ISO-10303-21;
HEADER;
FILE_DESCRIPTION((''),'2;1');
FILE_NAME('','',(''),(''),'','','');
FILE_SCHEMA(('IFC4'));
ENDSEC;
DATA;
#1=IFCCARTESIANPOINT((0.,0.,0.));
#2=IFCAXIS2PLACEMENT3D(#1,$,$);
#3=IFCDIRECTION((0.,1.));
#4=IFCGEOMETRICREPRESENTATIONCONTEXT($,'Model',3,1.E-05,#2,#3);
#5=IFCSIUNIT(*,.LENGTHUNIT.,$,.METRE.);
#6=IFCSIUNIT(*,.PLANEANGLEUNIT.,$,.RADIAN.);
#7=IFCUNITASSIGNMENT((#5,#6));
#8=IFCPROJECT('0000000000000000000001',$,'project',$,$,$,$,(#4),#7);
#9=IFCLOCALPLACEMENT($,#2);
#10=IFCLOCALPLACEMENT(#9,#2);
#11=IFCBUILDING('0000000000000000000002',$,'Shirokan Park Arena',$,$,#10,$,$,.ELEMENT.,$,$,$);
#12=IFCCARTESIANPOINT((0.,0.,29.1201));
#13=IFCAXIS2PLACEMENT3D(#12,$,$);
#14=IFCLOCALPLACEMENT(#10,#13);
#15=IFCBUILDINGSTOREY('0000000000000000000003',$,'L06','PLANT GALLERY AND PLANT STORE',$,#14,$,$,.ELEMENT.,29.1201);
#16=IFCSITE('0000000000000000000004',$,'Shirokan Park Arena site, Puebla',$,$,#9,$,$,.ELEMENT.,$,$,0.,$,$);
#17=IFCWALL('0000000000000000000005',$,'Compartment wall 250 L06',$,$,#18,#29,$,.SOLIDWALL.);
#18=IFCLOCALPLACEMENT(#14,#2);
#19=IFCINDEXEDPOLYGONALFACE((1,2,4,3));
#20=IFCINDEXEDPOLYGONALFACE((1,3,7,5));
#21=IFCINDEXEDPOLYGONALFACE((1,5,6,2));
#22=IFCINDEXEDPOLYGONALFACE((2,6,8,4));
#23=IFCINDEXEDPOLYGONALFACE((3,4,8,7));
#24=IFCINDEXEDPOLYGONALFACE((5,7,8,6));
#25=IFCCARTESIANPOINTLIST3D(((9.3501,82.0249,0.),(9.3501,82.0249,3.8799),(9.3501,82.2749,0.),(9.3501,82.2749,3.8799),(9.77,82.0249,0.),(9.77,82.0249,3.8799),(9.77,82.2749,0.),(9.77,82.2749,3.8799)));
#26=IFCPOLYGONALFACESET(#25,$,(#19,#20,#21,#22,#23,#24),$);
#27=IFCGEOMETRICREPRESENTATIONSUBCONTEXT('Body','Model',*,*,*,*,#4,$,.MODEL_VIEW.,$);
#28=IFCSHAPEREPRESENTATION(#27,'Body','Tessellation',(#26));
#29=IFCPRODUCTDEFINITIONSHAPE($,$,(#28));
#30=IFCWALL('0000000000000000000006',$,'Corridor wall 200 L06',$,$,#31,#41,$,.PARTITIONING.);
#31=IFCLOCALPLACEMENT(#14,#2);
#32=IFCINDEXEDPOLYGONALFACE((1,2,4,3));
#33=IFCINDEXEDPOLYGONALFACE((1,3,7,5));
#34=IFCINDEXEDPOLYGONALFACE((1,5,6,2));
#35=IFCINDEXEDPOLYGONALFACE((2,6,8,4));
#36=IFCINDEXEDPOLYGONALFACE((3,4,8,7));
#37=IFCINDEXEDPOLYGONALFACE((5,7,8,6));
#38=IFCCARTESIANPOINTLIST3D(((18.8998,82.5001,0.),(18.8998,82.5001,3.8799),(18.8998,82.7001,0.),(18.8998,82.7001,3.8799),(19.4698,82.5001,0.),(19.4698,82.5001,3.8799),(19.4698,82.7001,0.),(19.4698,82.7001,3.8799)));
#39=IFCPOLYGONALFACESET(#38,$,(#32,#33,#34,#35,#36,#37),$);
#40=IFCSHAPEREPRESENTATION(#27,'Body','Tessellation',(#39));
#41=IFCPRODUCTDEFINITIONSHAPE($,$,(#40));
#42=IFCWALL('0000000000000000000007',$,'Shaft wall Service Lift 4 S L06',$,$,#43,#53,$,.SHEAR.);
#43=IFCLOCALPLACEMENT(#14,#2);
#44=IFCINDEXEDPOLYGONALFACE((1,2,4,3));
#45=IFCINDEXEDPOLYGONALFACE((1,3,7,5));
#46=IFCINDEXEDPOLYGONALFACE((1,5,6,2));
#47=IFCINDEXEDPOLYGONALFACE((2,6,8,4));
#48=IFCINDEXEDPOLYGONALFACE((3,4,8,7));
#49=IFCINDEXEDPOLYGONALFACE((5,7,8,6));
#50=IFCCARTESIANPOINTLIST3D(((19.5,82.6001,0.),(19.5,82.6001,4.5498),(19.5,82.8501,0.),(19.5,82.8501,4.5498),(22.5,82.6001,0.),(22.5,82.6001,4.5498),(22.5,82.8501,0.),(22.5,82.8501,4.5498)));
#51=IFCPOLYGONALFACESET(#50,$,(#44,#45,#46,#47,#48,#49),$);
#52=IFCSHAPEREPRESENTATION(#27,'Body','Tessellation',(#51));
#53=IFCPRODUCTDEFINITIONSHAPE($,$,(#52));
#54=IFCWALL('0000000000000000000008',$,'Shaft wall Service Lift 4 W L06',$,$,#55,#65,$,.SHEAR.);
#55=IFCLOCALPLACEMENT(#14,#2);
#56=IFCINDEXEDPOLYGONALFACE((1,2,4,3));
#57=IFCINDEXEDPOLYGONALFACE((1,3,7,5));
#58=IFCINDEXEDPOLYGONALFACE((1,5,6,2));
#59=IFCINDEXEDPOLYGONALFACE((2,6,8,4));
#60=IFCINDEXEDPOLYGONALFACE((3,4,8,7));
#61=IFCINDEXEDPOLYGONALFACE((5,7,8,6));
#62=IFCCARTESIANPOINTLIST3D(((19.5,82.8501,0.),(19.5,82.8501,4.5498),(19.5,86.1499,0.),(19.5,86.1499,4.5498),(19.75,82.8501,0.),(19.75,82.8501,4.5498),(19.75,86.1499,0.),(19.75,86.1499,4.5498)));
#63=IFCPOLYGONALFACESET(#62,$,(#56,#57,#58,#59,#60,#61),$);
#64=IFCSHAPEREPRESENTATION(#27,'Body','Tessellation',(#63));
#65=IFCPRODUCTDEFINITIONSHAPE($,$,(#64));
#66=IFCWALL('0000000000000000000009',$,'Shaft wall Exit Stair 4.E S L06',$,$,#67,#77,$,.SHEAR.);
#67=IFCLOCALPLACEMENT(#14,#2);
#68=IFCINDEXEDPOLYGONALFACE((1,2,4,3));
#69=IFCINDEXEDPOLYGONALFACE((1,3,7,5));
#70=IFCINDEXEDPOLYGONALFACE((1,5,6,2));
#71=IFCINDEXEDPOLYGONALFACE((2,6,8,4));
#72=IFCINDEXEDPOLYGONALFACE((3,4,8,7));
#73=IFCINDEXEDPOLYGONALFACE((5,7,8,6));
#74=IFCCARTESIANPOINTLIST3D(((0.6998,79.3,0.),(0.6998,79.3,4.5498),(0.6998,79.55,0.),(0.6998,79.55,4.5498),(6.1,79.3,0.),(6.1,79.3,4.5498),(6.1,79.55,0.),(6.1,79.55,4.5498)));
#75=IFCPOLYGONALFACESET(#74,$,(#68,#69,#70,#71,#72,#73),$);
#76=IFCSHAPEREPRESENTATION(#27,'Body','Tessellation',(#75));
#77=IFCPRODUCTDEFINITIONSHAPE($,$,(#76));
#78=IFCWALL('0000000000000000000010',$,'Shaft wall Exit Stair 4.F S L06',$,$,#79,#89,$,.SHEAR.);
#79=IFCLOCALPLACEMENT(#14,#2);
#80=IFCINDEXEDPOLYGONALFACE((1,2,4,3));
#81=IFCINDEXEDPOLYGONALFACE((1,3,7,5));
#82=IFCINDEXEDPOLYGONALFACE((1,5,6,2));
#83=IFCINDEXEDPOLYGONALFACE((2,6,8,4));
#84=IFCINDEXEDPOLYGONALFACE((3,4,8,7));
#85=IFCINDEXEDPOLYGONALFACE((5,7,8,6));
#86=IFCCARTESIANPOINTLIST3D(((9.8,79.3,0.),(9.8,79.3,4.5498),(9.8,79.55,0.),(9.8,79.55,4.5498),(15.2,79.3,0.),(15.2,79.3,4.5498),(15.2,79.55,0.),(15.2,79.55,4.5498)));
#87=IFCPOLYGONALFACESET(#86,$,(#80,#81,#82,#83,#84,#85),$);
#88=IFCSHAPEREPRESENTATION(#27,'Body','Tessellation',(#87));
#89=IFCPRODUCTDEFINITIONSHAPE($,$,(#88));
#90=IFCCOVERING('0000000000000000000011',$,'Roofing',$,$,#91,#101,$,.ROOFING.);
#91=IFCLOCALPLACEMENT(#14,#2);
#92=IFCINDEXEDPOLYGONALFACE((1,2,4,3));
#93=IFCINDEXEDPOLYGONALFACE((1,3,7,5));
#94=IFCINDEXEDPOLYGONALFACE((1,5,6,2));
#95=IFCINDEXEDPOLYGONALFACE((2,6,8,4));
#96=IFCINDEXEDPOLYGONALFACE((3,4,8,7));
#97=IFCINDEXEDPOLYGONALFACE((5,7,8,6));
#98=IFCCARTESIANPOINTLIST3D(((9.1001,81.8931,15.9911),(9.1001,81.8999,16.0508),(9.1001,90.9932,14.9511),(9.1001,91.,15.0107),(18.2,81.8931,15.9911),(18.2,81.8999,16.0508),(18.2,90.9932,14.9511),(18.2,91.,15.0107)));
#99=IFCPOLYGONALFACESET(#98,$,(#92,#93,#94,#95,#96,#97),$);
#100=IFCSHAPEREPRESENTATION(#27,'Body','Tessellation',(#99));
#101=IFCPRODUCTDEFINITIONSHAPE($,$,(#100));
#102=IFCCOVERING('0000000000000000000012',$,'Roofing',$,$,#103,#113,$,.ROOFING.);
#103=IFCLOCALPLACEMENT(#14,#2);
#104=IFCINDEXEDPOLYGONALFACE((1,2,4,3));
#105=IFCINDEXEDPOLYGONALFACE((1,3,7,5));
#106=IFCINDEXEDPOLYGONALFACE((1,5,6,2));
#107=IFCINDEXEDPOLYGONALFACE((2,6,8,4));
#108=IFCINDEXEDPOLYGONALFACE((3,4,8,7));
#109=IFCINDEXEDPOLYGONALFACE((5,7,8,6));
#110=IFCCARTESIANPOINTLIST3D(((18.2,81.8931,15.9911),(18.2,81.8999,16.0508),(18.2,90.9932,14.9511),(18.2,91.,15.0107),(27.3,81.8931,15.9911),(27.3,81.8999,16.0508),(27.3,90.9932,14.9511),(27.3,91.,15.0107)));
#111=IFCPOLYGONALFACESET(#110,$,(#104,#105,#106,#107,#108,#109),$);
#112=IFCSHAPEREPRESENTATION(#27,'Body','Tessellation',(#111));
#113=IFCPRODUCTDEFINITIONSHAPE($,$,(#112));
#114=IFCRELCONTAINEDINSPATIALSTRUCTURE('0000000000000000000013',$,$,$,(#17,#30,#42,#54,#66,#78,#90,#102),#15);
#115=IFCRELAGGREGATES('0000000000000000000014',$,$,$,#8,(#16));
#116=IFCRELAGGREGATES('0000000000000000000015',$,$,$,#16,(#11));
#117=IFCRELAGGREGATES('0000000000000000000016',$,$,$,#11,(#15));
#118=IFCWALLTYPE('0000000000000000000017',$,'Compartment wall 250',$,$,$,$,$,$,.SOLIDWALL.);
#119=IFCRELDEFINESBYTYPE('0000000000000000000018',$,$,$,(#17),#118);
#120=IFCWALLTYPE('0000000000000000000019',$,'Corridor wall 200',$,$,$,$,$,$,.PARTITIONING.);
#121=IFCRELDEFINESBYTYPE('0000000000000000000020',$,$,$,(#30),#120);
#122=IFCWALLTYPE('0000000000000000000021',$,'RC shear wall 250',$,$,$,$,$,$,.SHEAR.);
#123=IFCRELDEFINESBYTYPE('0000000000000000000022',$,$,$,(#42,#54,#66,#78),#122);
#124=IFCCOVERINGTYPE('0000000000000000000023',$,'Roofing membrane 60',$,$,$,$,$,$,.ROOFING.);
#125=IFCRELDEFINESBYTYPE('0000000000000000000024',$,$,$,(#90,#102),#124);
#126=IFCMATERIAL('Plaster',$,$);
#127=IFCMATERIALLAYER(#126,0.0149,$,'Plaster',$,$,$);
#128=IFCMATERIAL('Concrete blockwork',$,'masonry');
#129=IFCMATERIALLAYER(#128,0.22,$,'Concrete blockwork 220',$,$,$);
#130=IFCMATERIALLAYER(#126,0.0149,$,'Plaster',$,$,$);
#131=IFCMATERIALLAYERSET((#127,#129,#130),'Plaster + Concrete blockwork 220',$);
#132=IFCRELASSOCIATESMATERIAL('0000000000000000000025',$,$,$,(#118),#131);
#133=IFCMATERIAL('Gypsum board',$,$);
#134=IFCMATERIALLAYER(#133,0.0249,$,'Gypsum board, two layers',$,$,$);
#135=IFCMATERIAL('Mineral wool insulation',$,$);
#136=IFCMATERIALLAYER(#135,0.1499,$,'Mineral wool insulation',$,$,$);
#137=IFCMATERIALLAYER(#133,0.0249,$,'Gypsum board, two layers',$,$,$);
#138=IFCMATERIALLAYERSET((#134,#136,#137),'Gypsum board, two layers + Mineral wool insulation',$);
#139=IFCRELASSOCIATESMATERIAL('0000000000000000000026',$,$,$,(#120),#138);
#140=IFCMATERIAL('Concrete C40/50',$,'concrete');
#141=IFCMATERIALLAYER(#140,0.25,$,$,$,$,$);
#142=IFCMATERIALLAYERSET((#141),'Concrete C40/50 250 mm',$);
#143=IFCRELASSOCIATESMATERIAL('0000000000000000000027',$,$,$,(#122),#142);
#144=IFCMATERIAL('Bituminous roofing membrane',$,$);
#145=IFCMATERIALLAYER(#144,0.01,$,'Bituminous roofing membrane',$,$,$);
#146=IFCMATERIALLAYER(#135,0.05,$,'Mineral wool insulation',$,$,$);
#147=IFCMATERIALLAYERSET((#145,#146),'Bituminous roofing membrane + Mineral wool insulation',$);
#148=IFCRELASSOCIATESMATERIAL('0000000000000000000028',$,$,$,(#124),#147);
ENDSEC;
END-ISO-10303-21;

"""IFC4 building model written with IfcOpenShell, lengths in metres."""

from ifc_helpers import new_model, si_unit, direction, frame, frame_2d, origin, place, context, subcontext, project, spatial, polyline, rectangle, outline, extrude, material, layer, layer_set, type_object, element, save


model = new_model("IFC4")

# Units and contexts
model_context = context("Model", 3, precision=1e-05, world=origin(), true_north=direction((0.0, 1.0)))
body_context = subcontext(model_context, "Body", "Model", "MODEL_VIEW")
ifc_project = project(units=[si_unit("LENGTHUNIT", "METRE"), si_unit("PLANEANGLEUNIT", "RADIAN")], contexts=[model_context])

# Site, building, storey
site_placement = place(None, origin())
site = spatial("IfcSite", under=ifc_project, at=site_placement, Name="Shirokan Park Arena site, Puebla", CompositionType="ELEMENT", RefElevation=0.0)
building_placement = place(site_placement, origin())
building = spatial("IfcBuilding", under=site, at=building_placement, Name="Shirokan Park Arena", CompositionType="ELEMENT")
storey_placement = place(building_placement, frame((0.0, 0.0, 29.1201)))
storey = spatial("IfcBuildingStorey", under=building, at=storey_placement, Name="L06", Description="PLANT GALLERY AND PLANT STORE", CompositionType="ELEMENT", Elevation=29.1201)

# Walls
ifc_material_1 = material(Name="Plaster")
ifc_layer_1 = layer(ifc_material_1, 0.0149, Name="Plaster")
ifc_material_2 = material(Name="Concrete blockwork", Category="masonry")
ifc_layer_2 = layer(ifc_material_2, 0.22, Name="Concrete blockwork 220")
ifc_layer_3 = layer(ifc_material_1, 0.0149, Name="Plaster")
ifc_layer_set_1 = layer_set([ifc_layer_1, ifc_layer_2, ifc_layer_3], Name="Plaster + Concrete blockwork 220")
wall_type_1 = type_object("IfcWallType", Name="Compartment wall 250", PredefinedType="SOLIDWALL", material=ifc_layer_set_1)
wall_1_placement = place(storey_placement, frame((9.77, 82.1499, 0.0), z_axis=(0.0, 0.0, 1.0), x_axis=(-1.0, 0.0, 0.0)))
element("IfcWall", 1, at=wall_1_placement, inside=storey, type_object=wall_type_1, Name="Compartment wall 250 L06", PredefinedType="SOLIDWALL", context=body_context, shape_type="SweptSolid", body=[
    extrude(rectangle(XDim=0.4199, YDim=0.25, at=frame_2d((0.21, 0.0))), origin(), (0.0, 0.0, 1.0), 3.8799),
])
ifc_material_3 = material(Name="Gypsum board")
ifc_layer_4 = layer(ifc_material_3, 0.0249, Name="Gypsum board, two layers")
ifc_material_4 = material(Name="Mineral wool insulation")
ifc_layer_5 = layer(ifc_material_4, 0.1499, Name="Mineral wool insulation")
ifc_layer_6 = layer(ifc_material_3, 0.0249, Name="Gypsum board, two layers")
ifc_layer_set_2 = layer_set([ifc_layer_4, ifc_layer_5, ifc_layer_6], Name="Gypsum board, two layers + Mineral wool insulation")
wall_type_2 = type_object("IfcWallType", Name="Corridor wall 200", PredefinedType="PARTITIONING", material=ifc_layer_set_2)
wall_2_placement = place(storey_placement, frame((19.47, 82.6001, 0.0), z_axis=(0.0, 0.0, 1.0), x_axis=(-1.0, 0.0, 0.0)))
element("IfcWall", 2, at=wall_2_placement, inside=storey, type_object=wall_type_2, Name="Corridor wall 200 L06", PredefinedType="PARTITIONING", context=body_context, shape_type="SweptSolid", body=[
    extrude(rectangle(XDim=0.5701, YDim=0.2, at=frame_2d((0.2852, 0.0))), origin(), (0.0, 0.0, 1.0), 3.8799),
])
ifc_material_5 = material(Name="Concrete C40/50", Category="concrete")
ifc_layer_7 = layer(ifc_material_5, 0.25)
ifc_layer_set_3 = layer_set([ifc_layer_7], Name="Concrete C40/50 250 mm")
wall_type_3 = type_object("IfcWallType", Name="RC shear wall 250", PredefinedType="SHEAR", material=ifc_layer_set_3)
wall_3_placement = place(storey_placement, frame((22.5, 82.7251, 0.0), z_axis=(0.0, 0.0, 1.0), x_axis=(-1.0, 0.0, 0.0)))
element("IfcWall", 3, at=wall_3_placement, inside=storey, type_object=wall_type_3, Name="Shaft wall Service Lift 4 S L06", PredefinedType="SHEAR", context=body_context, shape_type="SweptSolid", body=[
    extrude(rectangle(XDim=3.0, YDim=0.25, at=frame_2d((1.5, 0.0))), origin(), (0.0, 0.0, 1.0), 4.5498),
])
wall_4_placement = place(storey_placement, frame((19.625, 86.1499, 0.0), z_axis=(0.0, 0.0, 1.0), x_axis=(0.0, -1.0, 0.0)))
element("IfcWall", 4, at=wall_4_placement, inside=storey, type_object=wall_type_3, Name="Shaft wall Service Lift 4 W L06", PredefinedType="SHEAR", context=body_context, shape_type="SweptSolid", body=[
    extrude(rectangle(XDim=3.2998, YDim=0.25, at=frame_2d((1.6499, 0.0))), origin(), (0.0, 0.0, 1.0), 4.5498),
])
wall_5_placement = place(storey_placement, frame((6.1001, 79.425, 0.0), z_axis=(0.0, 0.0, 1.0), x_axis=(-1.0, 0.0, 0.0)))
element("IfcWall", 5, at=wall_5_placement, inside=storey, type_object=wall_type_3, Name="Shaft wall Exit Stair 4.E S L06", PredefinedType="SHEAR", context=body_context, shape_type="SweptSolid", body=[
    extrude(rectangle(XDim=5.4001, YDim=0.25, at=frame_2d((2.7002, 0.0))), origin(), (0.0, 0.0, 1.0), 4.5498),
])
wall_6_placement = place(storey_placement, frame((15.2, 79.425, 0.0), z_axis=(0.0, 0.0, 1.0), x_axis=(-1.0, 0.0, 0.0)))
element("IfcWall", 6, at=wall_6_placement, inside=storey, type_object=wall_type_3, Name="Shaft wall Exit Stair 4.F S L06", PredefinedType="SHEAR", context=body_context, shape_type="SweptSolid", body=[
    extrude(rectangle(XDim=5.3999, YDim=0.25, at=frame_2d((2.7, 0.0))), origin(), (0.0, 0.0, 1.0), 4.5498),
])

# Coverings
ifc_material_6 = material(Name="Bituminous roofing membrane")
ifc_layer_8 = layer(ifc_material_6, 0.01, Name="Bituminous roofing membrane")
ifc_layer_9 = layer(ifc_material_4, 0.05, Name="Mineral wool insulation")
ifc_layer_set_4 = layer_set([ifc_layer_8, ifc_layer_9], Name="Bituminous roofing membrane + Mineral wool insulation")
covering_type = type_object("IfcCoveringType", Name="Roofing membrane 60", PredefinedType="ROOFING", material=ifc_layer_set_4)
covering_1_placement = place(storey_placement, frame((9.1001, 81.8999, 16.0508), z_axis=(0.0, 0.11355, 0.993532), x_axis=(1.0, 0.0, 0.0)))
element("IfcCovering", 7, at=covering_1_placement, inside=storey, type_object=covering_type, Name="Roofing", PredefinedType="ROOFING", context=body_context, shape_type="SweptSolid", body=[
    extrude(outline(polyline([(0.0, 0.0), (9.0999, 0.0), (9.0999, 9.1593), (0.0, 9.1593), (0.0, 0.0)])), origin(), (0.0, 0.0, -1.0), 0.0601),
])
covering_2_placement = place(storey_placement, frame((18.2, 81.8999, 16.0508), z_axis=(0.0, 0.11355, 0.993532), x_axis=(1.0, 0.0, 0.0)))
element("IfcCovering", 8, at=covering_2_placement, inside=storey, type_object=covering_type, Name="Roofing", PredefinedType="ROOFING", context=body_context, shape_type="SweptSolid", body=[
    extrude(outline(polyline([(0.0, 0.0), (9.1001, 0.0), (9.1001, 9.1593), (0.0, 9.1593), (0.0, 0.0)])), origin(), (0.0, 0.0, -1.0), 0.0601),
])

save(model, "model.ifc")
